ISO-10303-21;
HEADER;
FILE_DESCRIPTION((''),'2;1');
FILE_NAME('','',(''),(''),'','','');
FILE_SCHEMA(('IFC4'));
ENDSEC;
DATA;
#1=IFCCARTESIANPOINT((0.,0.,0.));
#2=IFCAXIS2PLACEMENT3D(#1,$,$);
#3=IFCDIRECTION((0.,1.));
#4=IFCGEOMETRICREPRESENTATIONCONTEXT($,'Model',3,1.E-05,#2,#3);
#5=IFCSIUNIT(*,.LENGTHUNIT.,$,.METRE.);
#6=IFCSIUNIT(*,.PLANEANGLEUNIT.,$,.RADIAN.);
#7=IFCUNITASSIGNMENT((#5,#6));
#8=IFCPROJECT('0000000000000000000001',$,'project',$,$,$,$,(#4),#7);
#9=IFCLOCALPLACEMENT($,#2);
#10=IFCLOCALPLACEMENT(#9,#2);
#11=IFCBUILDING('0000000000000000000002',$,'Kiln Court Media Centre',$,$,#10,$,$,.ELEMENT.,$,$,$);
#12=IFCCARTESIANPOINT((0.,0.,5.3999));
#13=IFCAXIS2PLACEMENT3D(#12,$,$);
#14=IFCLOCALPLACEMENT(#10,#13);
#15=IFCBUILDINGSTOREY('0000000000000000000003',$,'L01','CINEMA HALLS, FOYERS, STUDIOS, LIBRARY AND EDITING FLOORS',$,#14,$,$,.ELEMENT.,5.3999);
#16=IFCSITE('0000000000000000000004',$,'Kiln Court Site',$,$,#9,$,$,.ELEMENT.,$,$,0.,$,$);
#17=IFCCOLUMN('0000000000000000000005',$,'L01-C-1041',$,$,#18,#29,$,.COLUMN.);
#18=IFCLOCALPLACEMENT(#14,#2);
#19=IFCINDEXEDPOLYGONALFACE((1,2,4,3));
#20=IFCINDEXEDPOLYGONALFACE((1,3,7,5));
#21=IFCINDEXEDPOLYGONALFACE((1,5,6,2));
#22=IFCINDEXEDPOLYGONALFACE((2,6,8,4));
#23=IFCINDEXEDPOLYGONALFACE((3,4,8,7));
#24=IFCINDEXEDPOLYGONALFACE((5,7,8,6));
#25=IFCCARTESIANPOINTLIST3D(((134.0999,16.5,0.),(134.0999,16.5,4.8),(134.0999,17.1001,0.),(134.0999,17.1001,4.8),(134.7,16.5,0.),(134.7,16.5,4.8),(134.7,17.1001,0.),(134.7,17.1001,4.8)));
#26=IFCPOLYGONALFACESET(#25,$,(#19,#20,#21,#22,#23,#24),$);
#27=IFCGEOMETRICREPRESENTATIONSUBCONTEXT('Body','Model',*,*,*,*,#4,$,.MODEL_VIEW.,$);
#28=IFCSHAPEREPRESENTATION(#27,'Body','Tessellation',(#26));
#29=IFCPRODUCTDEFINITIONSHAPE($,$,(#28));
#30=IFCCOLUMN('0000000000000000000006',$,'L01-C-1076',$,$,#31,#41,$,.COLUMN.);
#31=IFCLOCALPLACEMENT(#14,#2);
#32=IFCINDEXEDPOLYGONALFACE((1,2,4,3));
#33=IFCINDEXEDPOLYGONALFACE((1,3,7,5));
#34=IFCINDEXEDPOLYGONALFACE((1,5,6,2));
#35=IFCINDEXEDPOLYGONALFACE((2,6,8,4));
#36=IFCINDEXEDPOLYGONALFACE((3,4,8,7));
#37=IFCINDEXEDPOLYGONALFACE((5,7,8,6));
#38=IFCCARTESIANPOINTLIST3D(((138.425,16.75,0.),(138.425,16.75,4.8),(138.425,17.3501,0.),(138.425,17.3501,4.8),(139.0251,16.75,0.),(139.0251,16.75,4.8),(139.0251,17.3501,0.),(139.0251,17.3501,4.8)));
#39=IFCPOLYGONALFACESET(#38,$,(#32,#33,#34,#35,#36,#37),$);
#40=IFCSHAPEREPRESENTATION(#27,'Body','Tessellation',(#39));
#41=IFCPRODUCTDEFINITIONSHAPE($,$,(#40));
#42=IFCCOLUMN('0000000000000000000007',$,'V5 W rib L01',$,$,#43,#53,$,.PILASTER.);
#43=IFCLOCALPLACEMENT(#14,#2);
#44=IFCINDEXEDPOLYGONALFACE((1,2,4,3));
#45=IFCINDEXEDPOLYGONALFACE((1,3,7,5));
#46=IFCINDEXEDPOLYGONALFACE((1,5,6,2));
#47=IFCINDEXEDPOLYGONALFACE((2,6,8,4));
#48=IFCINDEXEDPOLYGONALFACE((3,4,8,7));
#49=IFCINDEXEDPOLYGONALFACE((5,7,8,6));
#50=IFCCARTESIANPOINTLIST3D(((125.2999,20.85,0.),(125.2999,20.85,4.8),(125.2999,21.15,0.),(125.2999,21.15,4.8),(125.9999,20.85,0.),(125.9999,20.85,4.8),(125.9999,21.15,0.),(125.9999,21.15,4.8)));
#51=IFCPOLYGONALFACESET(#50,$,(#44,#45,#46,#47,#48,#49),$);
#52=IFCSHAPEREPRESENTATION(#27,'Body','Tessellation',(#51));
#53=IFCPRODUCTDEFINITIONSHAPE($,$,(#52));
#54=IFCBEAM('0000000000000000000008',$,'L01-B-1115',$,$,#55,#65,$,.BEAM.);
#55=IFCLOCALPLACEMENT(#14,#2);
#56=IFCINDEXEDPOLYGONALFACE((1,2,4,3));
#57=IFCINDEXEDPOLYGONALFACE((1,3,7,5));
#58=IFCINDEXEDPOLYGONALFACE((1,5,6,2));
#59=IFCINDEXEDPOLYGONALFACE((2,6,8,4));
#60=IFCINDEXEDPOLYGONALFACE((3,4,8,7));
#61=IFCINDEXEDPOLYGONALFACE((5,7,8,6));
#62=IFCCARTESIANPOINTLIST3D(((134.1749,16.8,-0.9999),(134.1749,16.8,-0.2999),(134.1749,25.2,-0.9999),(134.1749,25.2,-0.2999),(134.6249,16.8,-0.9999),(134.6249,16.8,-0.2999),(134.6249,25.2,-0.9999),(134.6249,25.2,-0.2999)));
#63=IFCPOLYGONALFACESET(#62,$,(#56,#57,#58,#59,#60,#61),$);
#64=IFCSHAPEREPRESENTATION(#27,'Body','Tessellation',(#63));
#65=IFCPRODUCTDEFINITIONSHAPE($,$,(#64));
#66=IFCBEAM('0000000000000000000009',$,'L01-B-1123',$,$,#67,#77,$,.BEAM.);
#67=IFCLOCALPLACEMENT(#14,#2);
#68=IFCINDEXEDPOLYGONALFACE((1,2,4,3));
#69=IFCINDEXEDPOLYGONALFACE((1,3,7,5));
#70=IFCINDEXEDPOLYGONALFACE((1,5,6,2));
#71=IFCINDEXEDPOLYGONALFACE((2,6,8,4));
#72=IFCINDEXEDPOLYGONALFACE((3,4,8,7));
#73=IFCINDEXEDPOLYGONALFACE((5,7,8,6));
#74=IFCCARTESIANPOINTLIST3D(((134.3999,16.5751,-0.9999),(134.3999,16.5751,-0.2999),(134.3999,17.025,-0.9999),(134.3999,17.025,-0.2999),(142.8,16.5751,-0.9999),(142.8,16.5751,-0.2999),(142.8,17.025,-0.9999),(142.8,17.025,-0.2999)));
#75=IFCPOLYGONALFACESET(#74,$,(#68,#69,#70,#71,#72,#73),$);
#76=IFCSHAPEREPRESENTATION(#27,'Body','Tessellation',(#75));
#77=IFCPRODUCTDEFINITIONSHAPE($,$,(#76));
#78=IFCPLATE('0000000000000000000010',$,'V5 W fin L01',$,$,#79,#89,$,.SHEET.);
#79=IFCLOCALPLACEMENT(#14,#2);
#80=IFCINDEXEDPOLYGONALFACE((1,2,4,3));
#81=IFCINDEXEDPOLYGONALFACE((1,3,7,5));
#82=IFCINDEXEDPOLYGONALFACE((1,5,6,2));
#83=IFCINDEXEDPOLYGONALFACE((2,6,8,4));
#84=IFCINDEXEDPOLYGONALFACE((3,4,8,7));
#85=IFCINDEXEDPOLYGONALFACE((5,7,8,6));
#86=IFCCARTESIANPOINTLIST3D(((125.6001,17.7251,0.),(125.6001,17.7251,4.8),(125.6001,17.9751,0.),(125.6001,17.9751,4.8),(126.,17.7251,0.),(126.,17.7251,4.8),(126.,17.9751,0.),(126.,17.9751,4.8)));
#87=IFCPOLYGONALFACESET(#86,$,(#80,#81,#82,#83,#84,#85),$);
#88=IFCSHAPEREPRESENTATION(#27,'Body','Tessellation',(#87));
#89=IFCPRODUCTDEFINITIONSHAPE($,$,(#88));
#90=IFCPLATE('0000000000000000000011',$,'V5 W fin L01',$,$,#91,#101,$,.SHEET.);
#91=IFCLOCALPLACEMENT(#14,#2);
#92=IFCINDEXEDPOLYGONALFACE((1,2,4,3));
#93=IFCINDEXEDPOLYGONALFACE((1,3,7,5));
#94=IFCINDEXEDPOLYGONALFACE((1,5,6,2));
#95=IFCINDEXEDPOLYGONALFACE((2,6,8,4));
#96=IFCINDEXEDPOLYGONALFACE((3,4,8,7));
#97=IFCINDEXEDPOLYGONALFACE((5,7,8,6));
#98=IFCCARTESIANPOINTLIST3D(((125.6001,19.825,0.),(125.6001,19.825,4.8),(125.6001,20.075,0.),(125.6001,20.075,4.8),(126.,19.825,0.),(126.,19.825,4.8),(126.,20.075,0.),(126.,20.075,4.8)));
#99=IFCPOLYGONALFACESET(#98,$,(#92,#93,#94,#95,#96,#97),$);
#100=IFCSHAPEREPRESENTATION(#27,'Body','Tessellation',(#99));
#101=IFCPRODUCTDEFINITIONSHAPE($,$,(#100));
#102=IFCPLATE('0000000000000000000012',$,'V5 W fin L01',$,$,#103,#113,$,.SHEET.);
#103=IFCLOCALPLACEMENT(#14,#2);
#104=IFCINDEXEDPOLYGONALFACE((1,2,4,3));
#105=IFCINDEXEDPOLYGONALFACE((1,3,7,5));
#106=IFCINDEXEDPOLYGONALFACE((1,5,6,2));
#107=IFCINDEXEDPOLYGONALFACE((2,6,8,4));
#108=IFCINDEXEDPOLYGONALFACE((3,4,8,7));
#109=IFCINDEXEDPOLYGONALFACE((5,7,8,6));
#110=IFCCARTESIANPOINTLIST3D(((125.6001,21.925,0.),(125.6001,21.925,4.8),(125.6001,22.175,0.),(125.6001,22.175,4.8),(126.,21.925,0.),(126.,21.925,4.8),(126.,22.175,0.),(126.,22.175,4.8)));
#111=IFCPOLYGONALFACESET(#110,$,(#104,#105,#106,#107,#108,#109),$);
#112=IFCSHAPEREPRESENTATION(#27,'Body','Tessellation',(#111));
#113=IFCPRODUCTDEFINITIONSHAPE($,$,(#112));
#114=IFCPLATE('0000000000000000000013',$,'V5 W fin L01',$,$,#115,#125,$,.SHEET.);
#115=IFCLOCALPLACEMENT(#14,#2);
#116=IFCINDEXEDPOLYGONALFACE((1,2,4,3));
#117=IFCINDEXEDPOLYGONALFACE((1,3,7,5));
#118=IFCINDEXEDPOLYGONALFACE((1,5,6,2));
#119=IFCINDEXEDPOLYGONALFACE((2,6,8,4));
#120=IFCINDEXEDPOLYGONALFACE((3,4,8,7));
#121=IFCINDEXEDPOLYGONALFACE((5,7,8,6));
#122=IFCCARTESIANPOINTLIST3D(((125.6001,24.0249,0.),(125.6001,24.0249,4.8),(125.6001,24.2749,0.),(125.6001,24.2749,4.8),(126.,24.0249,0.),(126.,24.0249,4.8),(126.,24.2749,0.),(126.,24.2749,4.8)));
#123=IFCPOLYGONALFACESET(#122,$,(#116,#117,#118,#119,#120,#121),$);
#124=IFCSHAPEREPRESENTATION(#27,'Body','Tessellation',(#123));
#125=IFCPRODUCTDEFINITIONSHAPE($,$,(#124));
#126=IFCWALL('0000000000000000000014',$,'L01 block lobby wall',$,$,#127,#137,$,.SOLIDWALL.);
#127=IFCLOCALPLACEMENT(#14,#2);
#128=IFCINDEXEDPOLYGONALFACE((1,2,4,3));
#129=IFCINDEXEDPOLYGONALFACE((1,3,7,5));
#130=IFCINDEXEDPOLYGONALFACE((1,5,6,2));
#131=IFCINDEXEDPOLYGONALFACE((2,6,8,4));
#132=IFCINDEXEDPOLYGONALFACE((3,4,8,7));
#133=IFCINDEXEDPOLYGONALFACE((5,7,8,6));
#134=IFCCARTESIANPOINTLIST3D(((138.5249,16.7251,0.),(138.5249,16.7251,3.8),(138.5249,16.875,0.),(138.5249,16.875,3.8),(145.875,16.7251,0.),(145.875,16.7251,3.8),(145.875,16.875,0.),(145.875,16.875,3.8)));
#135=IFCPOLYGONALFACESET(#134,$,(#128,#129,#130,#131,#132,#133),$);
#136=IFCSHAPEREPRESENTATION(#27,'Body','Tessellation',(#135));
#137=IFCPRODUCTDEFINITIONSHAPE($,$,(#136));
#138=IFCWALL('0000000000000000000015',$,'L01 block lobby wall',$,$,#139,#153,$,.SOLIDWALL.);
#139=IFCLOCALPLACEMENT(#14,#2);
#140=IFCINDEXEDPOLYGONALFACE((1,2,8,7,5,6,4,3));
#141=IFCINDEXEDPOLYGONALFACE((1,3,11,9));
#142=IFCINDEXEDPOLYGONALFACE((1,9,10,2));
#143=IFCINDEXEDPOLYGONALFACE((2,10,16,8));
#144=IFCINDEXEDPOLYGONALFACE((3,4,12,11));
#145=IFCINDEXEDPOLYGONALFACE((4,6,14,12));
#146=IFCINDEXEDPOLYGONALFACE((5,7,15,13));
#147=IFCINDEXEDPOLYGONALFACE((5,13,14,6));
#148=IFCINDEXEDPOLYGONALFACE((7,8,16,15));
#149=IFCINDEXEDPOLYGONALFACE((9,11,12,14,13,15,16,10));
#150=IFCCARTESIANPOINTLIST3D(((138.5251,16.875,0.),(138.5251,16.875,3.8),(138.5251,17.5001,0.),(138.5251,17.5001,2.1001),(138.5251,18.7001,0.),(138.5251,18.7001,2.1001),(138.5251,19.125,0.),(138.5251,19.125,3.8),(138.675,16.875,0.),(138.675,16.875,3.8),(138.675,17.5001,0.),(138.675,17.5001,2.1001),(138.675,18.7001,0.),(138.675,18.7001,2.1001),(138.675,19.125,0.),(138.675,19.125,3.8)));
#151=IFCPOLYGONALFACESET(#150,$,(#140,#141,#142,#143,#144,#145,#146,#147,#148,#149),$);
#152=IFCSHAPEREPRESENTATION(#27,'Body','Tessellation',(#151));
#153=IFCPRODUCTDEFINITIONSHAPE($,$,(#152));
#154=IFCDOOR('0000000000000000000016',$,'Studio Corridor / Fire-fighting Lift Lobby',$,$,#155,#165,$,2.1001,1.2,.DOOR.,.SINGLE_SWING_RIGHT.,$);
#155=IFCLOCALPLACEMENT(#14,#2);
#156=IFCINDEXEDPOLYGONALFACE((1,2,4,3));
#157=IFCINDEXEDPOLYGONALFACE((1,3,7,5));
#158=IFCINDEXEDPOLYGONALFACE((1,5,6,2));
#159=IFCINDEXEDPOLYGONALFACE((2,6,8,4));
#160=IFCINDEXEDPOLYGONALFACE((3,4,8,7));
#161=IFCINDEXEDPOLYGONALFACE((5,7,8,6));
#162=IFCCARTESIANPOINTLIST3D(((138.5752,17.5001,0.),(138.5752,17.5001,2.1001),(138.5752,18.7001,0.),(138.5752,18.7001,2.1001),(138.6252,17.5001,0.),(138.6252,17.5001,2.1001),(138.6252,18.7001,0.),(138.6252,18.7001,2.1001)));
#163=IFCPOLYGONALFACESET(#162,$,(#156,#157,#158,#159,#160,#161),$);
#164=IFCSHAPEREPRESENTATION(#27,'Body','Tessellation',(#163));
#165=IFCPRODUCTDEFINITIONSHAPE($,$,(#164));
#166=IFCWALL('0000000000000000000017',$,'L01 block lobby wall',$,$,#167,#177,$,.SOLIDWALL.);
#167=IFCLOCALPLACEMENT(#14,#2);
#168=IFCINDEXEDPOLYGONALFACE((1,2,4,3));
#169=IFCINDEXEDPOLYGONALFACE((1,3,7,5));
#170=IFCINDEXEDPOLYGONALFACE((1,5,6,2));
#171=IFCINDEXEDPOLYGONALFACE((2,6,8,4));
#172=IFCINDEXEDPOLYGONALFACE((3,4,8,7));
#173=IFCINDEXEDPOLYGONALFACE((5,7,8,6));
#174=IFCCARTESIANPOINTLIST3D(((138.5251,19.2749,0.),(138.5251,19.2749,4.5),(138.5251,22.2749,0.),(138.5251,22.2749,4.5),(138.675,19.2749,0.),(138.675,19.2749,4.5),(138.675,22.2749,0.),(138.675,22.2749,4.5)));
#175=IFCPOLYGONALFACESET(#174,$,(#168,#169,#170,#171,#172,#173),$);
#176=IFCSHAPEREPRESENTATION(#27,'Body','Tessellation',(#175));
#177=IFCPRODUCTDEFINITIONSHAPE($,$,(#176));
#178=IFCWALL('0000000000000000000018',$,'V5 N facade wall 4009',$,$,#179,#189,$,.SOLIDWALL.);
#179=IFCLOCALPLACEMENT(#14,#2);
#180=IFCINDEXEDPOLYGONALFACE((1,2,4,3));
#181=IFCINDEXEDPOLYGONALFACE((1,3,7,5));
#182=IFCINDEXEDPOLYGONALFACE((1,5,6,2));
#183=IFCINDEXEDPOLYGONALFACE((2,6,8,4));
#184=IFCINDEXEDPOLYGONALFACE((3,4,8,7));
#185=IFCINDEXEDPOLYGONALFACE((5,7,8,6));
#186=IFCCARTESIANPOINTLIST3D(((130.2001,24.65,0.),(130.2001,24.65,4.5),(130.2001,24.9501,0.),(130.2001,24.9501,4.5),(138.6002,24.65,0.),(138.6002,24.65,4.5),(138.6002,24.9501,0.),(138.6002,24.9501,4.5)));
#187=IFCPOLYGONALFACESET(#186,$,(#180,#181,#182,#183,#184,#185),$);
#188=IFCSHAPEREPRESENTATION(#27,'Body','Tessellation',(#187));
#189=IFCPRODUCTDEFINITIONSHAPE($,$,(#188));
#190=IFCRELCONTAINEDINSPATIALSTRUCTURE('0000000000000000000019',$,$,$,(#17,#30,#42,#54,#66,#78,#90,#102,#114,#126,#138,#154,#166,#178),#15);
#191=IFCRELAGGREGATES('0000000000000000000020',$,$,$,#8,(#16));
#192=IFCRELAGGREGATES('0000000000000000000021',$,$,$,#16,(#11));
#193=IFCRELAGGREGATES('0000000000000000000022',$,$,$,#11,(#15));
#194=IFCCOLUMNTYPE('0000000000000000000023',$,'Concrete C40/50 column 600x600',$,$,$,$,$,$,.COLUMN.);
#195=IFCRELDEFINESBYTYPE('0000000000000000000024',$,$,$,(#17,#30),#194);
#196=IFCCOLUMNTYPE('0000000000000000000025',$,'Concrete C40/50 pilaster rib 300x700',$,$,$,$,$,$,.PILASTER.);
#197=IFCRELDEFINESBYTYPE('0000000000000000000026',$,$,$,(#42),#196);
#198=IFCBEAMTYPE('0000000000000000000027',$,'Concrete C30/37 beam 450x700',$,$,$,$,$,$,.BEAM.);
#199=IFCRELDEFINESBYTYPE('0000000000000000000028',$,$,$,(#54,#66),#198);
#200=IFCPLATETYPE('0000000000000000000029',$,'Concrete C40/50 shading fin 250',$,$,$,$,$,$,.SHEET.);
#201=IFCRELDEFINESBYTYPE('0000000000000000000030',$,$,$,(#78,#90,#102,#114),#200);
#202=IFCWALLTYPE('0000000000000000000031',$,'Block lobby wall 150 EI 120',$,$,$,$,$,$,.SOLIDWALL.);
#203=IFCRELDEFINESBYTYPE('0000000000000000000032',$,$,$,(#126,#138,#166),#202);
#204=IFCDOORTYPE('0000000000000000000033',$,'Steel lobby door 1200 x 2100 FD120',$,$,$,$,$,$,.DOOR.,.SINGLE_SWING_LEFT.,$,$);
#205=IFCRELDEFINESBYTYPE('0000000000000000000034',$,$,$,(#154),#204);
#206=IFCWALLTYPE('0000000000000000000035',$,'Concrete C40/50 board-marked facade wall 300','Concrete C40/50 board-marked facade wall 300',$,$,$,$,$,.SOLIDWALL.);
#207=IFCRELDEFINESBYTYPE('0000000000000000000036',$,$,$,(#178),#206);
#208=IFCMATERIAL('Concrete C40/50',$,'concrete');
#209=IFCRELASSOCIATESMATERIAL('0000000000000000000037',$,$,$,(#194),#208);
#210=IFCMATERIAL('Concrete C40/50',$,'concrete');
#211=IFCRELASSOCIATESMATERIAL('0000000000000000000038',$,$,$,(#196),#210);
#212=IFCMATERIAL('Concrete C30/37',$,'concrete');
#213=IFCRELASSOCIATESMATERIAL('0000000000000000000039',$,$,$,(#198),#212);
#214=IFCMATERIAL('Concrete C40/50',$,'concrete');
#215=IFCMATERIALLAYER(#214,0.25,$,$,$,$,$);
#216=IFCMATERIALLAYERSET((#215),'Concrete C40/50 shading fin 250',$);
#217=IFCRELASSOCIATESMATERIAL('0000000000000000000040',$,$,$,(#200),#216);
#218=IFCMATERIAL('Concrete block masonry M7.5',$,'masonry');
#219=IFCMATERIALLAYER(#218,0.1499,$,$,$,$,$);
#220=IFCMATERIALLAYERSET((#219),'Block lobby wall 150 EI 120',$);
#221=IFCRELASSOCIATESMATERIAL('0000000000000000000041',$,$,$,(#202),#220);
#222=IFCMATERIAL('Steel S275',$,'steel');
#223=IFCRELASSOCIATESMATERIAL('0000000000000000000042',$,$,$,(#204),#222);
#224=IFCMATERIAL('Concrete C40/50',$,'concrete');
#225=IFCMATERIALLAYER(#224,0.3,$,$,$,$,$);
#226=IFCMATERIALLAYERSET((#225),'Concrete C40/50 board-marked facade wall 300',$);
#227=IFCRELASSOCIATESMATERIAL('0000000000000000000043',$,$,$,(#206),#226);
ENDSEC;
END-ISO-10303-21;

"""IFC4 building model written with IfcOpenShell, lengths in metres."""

from ifc_helpers import new_model, si_unit, direction, frame, frame_2d, origin, origin_2d, place, context, subcontext, project, spatial, rectangle, extrude, material, layer, layer_set, material_profile, profile_set, type_object, element, fill, save


model = new_model("IFC4")

# Units and contexts
model_context = context("Model", 3, precision=1e-05, world=origin(), true_north=direction((0.0, 1.0)))
body_context = subcontext(model_context, "Body", "Model", "MODEL_VIEW")
ifc_project = project(units=[si_unit("LENGTHUNIT", "METRE"), si_unit("PLANEANGLEUNIT", "RADIAN")], contexts=[model_context])

# Site, building, storey
site_placement = place(None, origin())
site = spatial("IfcSite", under=ifc_project, at=site_placement, Name="Kiln Court Site", CompositionType="ELEMENT", RefElevation=0.0)
building_placement = place(site_placement, origin())
building = spatial("IfcBuilding", under=site, at=building_placement, Name="Kiln Court Media Centre", CompositionType="ELEMENT")
storey_placement = place(building_placement, frame((0.0, 0.0, 5.3999)))
storey = spatial("IfcBuildingStorey", under=building, at=storey_placement, Name="L01", Description="CINEMA HALLS, FOYERS, STUDIOS, LIBRARY AND EDITING FLOORS", CompositionType="ELEMENT", Elevation=5.3999)

# Columns
ifc_material_1 = material(Name="Concrete C40/50", Category="concrete")
ifc_material_profile_1 = material_profile(ifc_material_1, rectangle(XDim=0.6001, YDim=0.6001, at=origin_2d()), Name="RC 600x600")
ifc_profile_set_1 = profile_set([ifc_material_profile_1], Name="Concrete C40/50")
column_type_1 = type_object("IfcColumnType", Name="Concrete C40/50 column 600x600", PredefinedType="COLUMN", material=ifc_profile_set_1)
for number, where, z_axis, x_axis, name in (
    (1, (134.3999, 16.8, 0.0), (0.0, 0.0, 1.0), (1.0, 0.0, 0.0), "L01-C-1041"),
    (2, (138.7251, 17.05, 0.0), (0.0, 0.0, 1.0), (1.0, 0.0, 0.0), "L01-C-1076"),
):
    element("IfcColumn", number, at=place(storey_placement, frame(where, z_axis=z_axis, x_axis=x_axis)), inside=storey, type_object=column_type_1, Name=name, PredefinedType="COLUMN", context=body_context, shape_type="SweptSolid", body=[
        extrude(rectangle(XDim=0.6001, YDim=0.6001, at=origin_2d()), origin(), (0.0, 0.0, 1.0), 4.8),
    ])
ifc_material_2 = material(Name="Concrete C40/50", Category="concrete")
ifc_material_profile_2 = material_profile(ifc_material_2, rectangle(XDim=0.3, YDim=0.7, at=origin_2d()), Name="RC 300x700")
ifc_profile_set_2 = profile_set([ifc_material_profile_2], Name="Concrete C40/50")
column_type_2 = type_object("IfcColumnType", Name="Concrete C40/50 pilaster rib 300x700", PredefinedType="PILASTER", material=ifc_profile_set_2)
column_placement = place(storey_placement, frame((125.6499, 21.0, 0.0), z_axis=(0.0, 0.0, 1.0), x_axis=(0.0, 1.0, 0.0)))
element("IfcColumn", 3, at=column_placement, inside=storey, type_object=column_type_2, Name="V5 W rib L01", PredefinedType="PILASTER", context=body_context, shape_type="SweptSolid", body=[
    extrude(rectangle(XDim=0.3, YDim=0.7, at=origin_2d()), origin(), (0.0, 0.0, 1.0), 4.8),
])

# Beams
ifc_material_3 = material(Name="Concrete C30/37", Category="concrete")
ifc_material_profile_3 = material_profile(ifc_material_3, rectangle(XDim=0.45, YDim=0.7, at=origin_2d()), Name="RC 450x700")
ifc_profile_set_3 = profile_set([ifc_material_profile_3], Name="Concrete C30/37")
beam_type = type_object("IfcBeamType", Name="Concrete C30/37 beam 450x700", PredefinedType="BEAM", material=ifc_profile_set_3)
beam_1_placement = place(storey_placement, frame((134.3999, 16.8, -0.6499), z_axis=(0.0, 1.0, 0.0), x_axis=(-1.0, 0.0, 0.0)))
element("IfcBeam", 4, at=beam_1_placement, inside=storey, type_object=beam_type, Name="L01-B-1115", PredefinedType="BEAM", context=body_context, shape_type="SweptSolid", body=[
    extrude(rectangle(XDim=0.45, YDim=0.7, at=origin_2d()), origin(), (0.0, 0.0, 1.0), 8.3999),
])
beam_2_placement = place(storey_placement, frame((134.3999, 16.8, -0.6499), z_axis=(1.0, 0.0, 0.0), x_axis=(0.0, 1.0, 0.0)))
element("IfcBeam", 5, at=beam_2_placement, inside=storey, type_object=beam_type, Name="L01-B-1123", PredefinedType="BEAM", context=body_context, shape_type="SweptSolid", body=[
    extrude(rectangle(XDim=0.45, YDim=0.7, at=origin_2d()), origin(), (0.0, 0.0, 1.0), 8.4001),
])

# Plates
ifc_material_4 = material(Name="Concrete C40/50", Category="concrete")
ifc_layer_1 = layer(ifc_material_4, 0.25)
ifc_layer_set_1 = layer_set([ifc_layer_1], Name="Concrete C40/50 shading fin 250")
plate_type = type_object("IfcPlateType", Name="Concrete C40/50 shading fin 250", PredefinedType="SHEET", material=ifc_layer_set_1)
for number, where, z_axis, x_axis, name in (
    (6, (125.8, 17.8501, 0.0), (0.0, 0.0, 1.0), (1.0, 0.0, 0.0), "V5 W fin L01"),
    (7, (125.8, 19.95, 0.0), (0.0, 0.0, 1.0), (1.0, 0.0, 0.0), "V5 W fin L01"),
    (8, (125.8, 22.05, 0.0), (0.0, 0.0, 1.0), (1.0, 0.0, 0.0), "V5 W fin L01"),
    (9, (125.8, 24.1499, 0.0), (0.0, 0.0, 1.0), (1.0, 0.0, 0.0), "V5 W fin L01"),
):
    element("IfcPlate", number, at=place(storey_placement, frame(where, z_axis=z_axis, x_axis=x_axis)), inside=storey, type_object=plate_type, Name=name, PredefinedType="SHEET", context=body_context, shape_type="SweptSolid", body=[
        extrude(rectangle(XDim=0.3999, YDim=0.25, at=origin_2d()), origin(), (0.0, 0.0, 1.0), 4.8),
    ])

# Wall
ifc_material_5 = material(Name="Concrete block masonry M7.5", Category="masonry")
ifc_layer_2 = layer(ifc_material_5, 0.1499)
ifc_layer_set_2 = layer_set([ifc_layer_2], Name="Block lobby wall 150 EI 120")
wall_type_1 = type_object("IfcWallType", Name="Block lobby wall 150 EI 120", PredefinedType="SOLIDWALL", material=ifc_layer_set_2)
wall_1_placement = place(storey_placement, frame((138.5249, 16.8, 0.0), z_axis=(0.0, 0.0, 1.0), x_axis=(1.0, 0.0, 0.0)))
element("IfcWall", 10, at=wall_1_placement, inside=storey, type_object=wall_type_1, Name="L01 block lobby wall", PredefinedType="SOLIDWALL", context=body_context, shape_type="SweptSolid", body=[
    extrude(rectangle(XDim=7.3501, YDim=0.1499, at=frame_2d((3.675, 0.0))), origin(), (0.0, 0.0, 1.0), 3.8),
])

# Wall, opening, door
wall_2_placement = place(storey_placement, frame((138.6001, 16.875, 0.0), z_axis=(0.0, 0.0, 1.0), x_axis=(0.0, 1.0, 0.0)))
wall_2 = element("IfcWall", 11, at=wall_2_placement, inside=storey, type_object=wall_type_1, Name="L01 block lobby wall", PredefinedType="SOLIDWALL", context=body_context, shape_type="SweptSolid", body=[
    extrude(rectangle(XDim=2.25, YDim=0.1499, at=frame_2d((1.125, 0.0))), origin(), (0.0, 0.0, 1.0), 3.8),
])
opening_1_placement = place(wall_2_placement, frame((0.625, 0.0, 0.0)))
opening_1 = element("IfcOpeningElement", 12, at=opening_1_placement, cuts=wall_2, PredefinedType="OPENING", context=body_context, shape_type="SweptSolid", body=[
    extrude(rectangle(XDim=1.2, YDim=2.1001, at=frame_2d((0.6001, 1.05))), frame((0.0, 0.085, 0.0), z_axis=(0.0, -1.0, 0.0), x_axis=(1.0, 0.0, 0.0)), (0.0, 0.0, 1.0), 0.1699),
])
ifc_material_6 = material(Name="Steel S275", Category="steel")
door_type_1 = type_object("IfcDoorType", Name="Steel lobby door 1200 x 2100 FD120", OperationType="SINGLE_SWING_LEFT", PredefinedType="DOOR", material=ifc_material_6)
door_1_placement = place(opening_1_placement, origin())
door_1 = element("IfcDoor", 13, at=door_1_placement, inside=storey, type_object=door_type_1, Name="Studio Corridor / Fire-fighting Lift Lobby", OperationType="SINGLE_SWING_RIGHT", OverallHeight=2.1001, OverallWidth=1.2, PredefinedType="DOOR", context=body_context, shape_type="SweptSolid", body=[
    extrude(rectangle(XDim=1.2, YDim=2.1001, at=frame_2d((0.6001, 1.05))), frame((0.0, 0.0249, 0.0), z_axis=(0.0, -1.0, 0.0), x_axis=(1.0, 0.0, 0.0)), (0.0, 0.0, 1.0), 0.05),
])
fill(opening_1, door_1)

# Walls
wall_3_placement = place(storey_placement, frame((138.6001, 19.2749, 0.0), z_axis=(0.0, 0.0, 1.0), x_axis=(0.0, 1.0, 0.0)))
element("IfcWall", 14, at=wall_3_placement, inside=storey, type_object=wall_type_1, Name="L01 block lobby wall", PredefinedType="SOLIDWALL", context=body_context, shape_type="SweptSolid", body=[
    extrude(rectangle(XDim=3.0, YDim=0.1499, at=frame_2d((1.5, 0.0))), origin(), (0.0, 0.0, 1.0), 4.5),
])
ifc_material_7 = material(Name="Concrete C40/50", Category="concrete")
ifc_layer_3 = layer(ifc_material_7, 0.3)
ifc_layer_set_3 = layer_set([ifc_layer_3], Name="Concrete C40/50 board-marked facade wall 300")
wall_type_2 = type_object("IfcWallType", Name="Concrete C40/50 board-marked facade wall 300", Description="Concrete C40/50 board-marked facade wall 300", PredefinedType="SOLIDWALL", material=ifc_layer_set_3)
wall_4_placement = place(storey_placement, frame((130.2, 24.8, 0.0), z_axis=(0.0, 0.0, 1.0), x_axis=(1.0, 0.0, 0.0)))
element("IfcWall", 15, at=wall_4_placement, inside=storey, type_object=wall_type_2, Name="V5 N facade wall 4009", PredefinedType="SOLIDWALL", context=body_context, shape_type="SweptSolid", body=[
    extrude(rectangle(XDim=8.4001, YDim=0.3, at=frame_2d((4.2002, 0.0))), origin(), (0.0, 0.0, 1.0), 4.5),
])

save(model, "model.ifc")
